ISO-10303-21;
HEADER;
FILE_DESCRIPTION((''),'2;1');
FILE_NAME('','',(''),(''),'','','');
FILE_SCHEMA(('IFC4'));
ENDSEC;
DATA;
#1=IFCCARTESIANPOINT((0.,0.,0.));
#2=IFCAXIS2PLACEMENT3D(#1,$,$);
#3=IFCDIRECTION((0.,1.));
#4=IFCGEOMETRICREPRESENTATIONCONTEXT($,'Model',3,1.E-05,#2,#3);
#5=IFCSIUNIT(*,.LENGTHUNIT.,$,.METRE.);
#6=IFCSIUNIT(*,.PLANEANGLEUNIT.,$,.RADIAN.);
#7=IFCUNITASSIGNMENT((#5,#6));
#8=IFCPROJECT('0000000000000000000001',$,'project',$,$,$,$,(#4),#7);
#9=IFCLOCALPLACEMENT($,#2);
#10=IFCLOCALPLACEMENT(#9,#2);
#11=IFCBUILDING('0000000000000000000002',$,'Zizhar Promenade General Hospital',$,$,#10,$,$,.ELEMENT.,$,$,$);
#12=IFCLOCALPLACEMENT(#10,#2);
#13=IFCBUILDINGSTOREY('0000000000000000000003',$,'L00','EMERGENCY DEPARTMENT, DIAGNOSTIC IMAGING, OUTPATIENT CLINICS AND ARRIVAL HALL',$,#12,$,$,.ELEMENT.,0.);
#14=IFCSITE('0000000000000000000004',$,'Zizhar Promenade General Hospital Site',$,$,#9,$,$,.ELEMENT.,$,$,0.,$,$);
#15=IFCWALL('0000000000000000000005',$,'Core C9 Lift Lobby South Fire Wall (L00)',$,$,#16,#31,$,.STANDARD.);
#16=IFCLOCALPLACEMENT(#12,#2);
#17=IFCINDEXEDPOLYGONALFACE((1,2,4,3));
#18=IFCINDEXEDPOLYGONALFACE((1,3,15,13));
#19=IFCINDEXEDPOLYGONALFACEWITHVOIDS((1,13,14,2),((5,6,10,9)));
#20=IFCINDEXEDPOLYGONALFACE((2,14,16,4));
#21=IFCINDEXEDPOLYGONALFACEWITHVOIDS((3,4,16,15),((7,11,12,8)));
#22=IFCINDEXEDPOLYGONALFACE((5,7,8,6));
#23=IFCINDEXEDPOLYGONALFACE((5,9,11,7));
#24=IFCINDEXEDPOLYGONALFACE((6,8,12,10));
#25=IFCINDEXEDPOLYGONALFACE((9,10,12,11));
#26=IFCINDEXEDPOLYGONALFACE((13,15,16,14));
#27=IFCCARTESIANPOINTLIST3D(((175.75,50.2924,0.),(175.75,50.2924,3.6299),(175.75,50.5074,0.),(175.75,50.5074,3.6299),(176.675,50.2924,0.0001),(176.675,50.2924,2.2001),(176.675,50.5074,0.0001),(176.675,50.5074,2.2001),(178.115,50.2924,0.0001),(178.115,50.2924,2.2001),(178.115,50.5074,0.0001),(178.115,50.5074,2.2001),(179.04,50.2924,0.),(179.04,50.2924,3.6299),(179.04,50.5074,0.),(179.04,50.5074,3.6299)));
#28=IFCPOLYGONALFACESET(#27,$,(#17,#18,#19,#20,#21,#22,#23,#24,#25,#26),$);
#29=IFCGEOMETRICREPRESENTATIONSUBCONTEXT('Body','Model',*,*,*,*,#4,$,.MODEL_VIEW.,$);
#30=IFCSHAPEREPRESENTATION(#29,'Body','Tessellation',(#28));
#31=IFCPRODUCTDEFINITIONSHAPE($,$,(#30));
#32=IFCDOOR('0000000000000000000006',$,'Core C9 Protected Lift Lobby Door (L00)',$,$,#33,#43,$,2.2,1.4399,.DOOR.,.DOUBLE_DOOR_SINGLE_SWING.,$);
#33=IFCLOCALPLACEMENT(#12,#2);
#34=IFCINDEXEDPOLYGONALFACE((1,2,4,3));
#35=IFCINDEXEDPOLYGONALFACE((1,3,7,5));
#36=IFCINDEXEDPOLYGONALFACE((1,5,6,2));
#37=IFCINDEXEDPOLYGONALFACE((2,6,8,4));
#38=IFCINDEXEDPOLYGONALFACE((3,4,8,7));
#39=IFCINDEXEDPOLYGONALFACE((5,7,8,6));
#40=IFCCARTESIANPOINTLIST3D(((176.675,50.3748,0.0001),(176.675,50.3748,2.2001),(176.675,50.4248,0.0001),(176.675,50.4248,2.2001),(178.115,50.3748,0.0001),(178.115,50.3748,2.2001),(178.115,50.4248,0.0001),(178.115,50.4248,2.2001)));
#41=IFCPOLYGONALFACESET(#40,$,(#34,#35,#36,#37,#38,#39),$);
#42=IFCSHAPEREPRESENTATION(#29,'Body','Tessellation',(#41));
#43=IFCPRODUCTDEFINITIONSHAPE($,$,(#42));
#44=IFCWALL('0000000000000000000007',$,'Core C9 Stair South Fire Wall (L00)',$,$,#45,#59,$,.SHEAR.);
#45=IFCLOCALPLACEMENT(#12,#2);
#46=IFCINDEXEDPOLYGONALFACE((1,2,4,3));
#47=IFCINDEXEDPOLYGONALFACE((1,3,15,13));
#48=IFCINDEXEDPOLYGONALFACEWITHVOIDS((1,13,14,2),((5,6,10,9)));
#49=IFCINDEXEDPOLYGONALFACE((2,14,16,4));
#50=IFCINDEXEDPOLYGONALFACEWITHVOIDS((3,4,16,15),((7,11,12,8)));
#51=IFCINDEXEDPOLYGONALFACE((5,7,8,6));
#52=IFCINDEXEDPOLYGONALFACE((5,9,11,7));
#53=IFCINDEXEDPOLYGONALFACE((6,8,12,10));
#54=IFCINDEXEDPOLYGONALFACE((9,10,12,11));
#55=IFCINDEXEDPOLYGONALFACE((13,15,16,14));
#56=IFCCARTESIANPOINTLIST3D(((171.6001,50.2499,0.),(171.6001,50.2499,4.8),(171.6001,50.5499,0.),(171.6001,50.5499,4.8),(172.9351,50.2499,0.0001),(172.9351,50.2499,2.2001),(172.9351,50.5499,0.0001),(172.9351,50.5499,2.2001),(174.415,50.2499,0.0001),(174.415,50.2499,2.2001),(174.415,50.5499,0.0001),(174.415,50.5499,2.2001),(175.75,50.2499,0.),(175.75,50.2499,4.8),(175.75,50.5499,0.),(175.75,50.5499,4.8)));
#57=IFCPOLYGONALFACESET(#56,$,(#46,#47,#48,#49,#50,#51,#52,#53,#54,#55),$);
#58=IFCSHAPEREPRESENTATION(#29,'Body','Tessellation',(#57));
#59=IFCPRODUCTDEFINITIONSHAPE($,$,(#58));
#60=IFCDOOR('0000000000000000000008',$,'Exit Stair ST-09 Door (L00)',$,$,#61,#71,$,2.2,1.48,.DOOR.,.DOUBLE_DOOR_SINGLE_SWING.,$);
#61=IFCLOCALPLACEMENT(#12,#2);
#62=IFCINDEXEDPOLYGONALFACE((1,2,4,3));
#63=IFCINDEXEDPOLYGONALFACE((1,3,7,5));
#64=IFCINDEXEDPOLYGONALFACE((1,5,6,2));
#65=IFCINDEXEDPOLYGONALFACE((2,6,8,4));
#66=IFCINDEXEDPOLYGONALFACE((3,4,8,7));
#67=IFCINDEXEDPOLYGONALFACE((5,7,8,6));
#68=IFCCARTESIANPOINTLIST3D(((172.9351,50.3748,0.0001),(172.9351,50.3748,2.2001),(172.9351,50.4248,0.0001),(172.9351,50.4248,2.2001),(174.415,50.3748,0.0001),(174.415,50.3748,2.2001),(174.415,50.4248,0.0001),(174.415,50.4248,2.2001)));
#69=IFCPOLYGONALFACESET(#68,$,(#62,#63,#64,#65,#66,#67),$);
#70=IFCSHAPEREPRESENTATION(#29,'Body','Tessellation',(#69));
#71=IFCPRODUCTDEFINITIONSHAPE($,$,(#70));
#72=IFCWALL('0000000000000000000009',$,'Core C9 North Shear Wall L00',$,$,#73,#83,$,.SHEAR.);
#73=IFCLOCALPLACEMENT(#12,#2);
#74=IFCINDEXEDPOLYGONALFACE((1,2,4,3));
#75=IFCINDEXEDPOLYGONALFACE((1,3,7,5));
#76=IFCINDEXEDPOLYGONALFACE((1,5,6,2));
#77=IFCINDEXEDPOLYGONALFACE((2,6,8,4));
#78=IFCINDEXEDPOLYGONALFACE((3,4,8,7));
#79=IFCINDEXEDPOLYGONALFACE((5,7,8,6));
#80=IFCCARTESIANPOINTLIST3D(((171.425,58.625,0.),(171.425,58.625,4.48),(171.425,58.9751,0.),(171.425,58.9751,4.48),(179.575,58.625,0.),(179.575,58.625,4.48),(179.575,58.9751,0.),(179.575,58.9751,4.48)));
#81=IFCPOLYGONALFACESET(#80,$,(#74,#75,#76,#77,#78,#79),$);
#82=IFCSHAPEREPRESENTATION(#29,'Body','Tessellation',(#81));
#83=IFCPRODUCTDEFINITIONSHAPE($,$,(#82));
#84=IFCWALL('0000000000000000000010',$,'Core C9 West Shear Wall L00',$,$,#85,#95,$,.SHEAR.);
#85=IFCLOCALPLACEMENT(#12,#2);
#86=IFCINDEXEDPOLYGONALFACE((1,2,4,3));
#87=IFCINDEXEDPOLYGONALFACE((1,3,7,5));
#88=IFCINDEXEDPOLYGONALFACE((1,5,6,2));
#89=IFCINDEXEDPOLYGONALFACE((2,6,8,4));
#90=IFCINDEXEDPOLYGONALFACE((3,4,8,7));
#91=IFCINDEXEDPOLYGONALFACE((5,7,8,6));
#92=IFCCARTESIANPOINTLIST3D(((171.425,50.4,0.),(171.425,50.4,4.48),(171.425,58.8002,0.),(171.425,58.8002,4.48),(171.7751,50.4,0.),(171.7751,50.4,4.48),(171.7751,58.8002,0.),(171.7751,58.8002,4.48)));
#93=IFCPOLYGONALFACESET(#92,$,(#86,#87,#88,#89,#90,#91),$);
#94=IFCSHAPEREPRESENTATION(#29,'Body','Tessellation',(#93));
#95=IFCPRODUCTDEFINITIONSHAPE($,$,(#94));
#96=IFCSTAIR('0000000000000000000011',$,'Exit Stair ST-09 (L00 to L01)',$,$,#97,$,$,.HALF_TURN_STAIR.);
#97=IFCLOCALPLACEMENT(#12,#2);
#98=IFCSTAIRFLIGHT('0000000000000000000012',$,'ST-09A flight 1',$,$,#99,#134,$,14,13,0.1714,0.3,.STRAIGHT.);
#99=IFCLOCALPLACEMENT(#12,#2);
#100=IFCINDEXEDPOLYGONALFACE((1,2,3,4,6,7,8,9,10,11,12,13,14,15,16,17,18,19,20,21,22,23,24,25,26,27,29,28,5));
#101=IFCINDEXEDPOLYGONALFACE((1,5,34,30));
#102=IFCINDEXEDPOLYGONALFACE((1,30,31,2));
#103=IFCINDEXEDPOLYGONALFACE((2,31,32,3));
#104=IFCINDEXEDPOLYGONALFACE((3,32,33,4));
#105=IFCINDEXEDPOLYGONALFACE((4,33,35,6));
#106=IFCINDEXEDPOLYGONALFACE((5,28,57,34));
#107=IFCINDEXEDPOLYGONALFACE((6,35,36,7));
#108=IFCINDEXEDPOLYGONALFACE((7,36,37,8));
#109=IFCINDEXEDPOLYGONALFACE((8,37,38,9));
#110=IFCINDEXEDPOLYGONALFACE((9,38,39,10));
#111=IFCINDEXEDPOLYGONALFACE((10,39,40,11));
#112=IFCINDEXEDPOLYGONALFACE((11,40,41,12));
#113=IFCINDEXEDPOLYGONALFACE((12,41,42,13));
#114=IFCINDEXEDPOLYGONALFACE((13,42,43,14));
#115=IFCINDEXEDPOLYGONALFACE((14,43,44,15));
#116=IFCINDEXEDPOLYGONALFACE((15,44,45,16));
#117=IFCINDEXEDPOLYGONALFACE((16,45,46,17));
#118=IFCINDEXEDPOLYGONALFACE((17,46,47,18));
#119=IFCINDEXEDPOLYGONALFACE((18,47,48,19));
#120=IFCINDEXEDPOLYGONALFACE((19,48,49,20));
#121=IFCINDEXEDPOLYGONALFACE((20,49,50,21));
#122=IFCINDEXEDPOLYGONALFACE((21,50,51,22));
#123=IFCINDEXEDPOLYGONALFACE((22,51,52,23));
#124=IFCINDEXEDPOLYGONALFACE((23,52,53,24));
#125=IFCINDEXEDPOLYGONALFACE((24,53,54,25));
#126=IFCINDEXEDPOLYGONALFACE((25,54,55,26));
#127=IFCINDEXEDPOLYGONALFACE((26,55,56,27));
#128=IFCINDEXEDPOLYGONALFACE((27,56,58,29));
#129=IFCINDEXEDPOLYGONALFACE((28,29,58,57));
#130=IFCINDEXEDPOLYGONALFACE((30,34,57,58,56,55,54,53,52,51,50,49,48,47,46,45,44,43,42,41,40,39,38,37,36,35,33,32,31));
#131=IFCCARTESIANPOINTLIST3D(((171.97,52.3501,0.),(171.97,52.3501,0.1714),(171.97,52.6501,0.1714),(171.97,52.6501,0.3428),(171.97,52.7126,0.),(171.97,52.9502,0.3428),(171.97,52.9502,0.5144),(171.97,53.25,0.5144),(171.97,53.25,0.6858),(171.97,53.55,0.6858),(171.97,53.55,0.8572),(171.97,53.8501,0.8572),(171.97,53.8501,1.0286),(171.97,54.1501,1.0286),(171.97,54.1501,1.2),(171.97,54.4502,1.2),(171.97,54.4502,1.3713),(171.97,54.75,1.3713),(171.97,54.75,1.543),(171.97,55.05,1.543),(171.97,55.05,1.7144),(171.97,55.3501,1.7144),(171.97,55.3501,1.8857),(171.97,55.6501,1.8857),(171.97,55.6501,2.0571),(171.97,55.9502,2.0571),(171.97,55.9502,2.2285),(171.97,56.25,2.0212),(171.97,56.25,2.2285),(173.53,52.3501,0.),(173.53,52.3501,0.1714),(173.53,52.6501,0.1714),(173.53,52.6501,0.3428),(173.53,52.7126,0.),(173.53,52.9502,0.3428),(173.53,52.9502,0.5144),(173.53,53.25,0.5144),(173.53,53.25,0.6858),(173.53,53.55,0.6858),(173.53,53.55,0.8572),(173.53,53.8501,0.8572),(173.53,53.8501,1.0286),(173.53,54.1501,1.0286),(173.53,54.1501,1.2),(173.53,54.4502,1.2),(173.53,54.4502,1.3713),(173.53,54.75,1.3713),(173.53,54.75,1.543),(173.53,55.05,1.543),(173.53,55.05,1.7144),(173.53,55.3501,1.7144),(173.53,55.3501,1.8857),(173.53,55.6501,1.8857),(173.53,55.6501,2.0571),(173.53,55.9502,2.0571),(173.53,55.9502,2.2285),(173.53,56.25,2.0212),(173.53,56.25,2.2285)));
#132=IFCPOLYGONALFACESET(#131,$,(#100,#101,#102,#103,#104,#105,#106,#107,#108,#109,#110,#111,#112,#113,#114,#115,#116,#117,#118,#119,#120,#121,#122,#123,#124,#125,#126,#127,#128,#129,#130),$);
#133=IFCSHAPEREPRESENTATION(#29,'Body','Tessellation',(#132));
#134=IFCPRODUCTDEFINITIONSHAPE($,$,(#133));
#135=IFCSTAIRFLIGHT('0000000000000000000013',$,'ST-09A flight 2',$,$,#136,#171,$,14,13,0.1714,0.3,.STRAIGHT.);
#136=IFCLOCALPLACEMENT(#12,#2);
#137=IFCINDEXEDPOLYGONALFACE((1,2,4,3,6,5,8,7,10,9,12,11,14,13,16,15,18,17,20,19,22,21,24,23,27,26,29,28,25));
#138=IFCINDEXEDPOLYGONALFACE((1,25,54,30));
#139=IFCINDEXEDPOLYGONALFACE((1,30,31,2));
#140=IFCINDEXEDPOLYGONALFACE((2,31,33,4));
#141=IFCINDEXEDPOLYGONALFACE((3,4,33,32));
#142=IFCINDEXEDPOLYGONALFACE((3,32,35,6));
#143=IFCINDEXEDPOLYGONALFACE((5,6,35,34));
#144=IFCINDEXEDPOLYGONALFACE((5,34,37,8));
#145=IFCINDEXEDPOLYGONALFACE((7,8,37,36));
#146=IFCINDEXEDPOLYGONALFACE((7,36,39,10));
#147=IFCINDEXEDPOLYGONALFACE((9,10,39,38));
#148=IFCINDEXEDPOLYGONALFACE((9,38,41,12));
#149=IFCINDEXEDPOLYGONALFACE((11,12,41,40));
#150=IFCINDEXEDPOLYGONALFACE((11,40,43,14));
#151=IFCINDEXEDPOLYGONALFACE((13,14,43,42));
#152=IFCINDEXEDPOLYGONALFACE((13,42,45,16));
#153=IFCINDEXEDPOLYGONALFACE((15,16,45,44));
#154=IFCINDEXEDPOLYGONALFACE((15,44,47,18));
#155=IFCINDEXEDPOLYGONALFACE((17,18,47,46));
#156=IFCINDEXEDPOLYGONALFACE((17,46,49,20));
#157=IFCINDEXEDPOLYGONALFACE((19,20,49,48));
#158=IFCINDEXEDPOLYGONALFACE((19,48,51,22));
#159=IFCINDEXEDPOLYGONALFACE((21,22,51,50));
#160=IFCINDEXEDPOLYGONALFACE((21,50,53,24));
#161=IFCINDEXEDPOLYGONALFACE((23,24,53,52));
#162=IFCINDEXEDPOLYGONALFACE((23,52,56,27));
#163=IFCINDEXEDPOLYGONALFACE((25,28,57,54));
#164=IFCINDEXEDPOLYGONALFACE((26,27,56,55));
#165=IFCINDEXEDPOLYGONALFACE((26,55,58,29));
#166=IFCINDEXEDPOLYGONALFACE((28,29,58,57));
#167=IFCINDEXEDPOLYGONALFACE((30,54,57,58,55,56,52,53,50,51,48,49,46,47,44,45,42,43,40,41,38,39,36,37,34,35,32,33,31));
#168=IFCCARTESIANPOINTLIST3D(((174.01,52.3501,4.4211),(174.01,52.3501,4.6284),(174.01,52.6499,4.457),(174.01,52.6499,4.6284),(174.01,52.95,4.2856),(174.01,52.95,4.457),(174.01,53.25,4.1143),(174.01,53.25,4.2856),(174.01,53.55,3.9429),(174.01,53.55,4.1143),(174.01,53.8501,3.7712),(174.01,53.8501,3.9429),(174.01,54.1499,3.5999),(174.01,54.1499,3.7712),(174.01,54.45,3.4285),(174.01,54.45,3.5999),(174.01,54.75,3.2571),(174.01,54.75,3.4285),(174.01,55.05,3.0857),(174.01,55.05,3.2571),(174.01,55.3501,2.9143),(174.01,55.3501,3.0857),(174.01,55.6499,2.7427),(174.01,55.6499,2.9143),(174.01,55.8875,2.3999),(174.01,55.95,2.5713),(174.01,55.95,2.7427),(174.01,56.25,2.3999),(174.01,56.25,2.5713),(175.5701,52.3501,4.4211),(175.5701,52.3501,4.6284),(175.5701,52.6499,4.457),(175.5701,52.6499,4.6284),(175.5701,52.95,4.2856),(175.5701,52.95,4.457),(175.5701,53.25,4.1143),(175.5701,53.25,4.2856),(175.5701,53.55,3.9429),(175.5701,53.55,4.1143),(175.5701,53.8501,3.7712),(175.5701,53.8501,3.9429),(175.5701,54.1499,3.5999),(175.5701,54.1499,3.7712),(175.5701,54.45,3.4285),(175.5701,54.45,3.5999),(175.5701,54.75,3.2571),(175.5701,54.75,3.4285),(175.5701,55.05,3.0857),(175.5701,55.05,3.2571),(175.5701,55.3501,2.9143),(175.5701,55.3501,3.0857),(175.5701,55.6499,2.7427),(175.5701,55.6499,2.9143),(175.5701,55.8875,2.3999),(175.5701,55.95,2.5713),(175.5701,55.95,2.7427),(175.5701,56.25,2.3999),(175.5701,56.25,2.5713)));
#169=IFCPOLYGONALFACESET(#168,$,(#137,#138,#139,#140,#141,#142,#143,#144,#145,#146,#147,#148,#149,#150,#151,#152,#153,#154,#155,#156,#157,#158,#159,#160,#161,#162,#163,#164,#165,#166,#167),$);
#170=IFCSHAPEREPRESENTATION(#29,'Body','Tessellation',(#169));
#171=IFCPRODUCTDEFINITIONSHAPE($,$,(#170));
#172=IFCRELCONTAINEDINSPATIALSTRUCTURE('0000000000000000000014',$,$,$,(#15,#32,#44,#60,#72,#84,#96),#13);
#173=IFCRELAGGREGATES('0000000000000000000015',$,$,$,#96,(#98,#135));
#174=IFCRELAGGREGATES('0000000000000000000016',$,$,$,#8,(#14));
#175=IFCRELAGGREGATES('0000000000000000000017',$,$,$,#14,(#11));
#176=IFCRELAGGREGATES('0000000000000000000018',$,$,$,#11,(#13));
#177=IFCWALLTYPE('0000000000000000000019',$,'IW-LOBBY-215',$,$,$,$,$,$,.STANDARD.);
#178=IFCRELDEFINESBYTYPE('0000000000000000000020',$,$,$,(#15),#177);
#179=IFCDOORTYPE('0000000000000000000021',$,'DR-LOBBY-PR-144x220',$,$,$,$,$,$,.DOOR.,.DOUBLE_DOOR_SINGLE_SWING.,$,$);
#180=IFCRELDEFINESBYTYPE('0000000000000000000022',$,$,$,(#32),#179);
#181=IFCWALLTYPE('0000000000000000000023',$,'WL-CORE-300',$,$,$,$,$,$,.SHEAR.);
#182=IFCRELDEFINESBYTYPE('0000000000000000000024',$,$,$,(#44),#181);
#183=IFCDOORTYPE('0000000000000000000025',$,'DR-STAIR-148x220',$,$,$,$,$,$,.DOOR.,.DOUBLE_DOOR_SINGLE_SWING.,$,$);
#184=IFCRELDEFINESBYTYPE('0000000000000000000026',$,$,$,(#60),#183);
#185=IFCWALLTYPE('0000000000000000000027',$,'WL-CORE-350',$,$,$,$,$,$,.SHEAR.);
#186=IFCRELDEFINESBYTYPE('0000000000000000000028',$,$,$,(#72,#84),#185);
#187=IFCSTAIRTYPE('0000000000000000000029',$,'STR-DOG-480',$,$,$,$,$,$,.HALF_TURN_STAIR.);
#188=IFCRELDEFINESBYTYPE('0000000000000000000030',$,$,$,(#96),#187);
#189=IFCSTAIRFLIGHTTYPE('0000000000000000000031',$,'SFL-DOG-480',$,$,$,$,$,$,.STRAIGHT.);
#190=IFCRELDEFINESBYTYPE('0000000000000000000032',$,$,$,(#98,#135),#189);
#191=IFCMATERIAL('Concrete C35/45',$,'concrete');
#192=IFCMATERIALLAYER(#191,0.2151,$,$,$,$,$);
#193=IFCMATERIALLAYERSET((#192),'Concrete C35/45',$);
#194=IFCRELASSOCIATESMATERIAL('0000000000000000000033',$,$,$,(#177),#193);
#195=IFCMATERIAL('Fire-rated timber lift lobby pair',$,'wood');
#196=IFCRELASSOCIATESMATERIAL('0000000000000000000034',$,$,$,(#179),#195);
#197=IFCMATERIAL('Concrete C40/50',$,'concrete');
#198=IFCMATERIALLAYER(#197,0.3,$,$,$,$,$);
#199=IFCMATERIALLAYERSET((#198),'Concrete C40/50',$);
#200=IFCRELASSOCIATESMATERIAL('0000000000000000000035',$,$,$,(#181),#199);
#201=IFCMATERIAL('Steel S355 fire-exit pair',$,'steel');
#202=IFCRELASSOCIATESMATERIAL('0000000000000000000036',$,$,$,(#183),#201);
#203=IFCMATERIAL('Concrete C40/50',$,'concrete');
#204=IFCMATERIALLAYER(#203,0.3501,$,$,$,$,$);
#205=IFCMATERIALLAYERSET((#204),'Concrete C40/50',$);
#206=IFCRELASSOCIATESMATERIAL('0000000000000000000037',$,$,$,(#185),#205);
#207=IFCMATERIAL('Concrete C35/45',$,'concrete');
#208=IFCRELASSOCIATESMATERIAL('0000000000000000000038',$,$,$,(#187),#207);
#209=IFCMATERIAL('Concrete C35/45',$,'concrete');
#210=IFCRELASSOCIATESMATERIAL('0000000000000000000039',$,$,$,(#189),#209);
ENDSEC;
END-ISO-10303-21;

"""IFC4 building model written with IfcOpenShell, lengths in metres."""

from ifc_helpers import new_model, si_unit, direction, frame, frame_2d, origin, place, context, subcontext, project, spatial, polyline, rectangle, outline, extrude, material, layer, layer_set, type_object, element, fill, aggregate, save


model = new_model("IFC4")

# Units and contexts
model_context = context("Model", 3, precision=1e-05, world=origin(), true_north=direction((0.0, 1.0)))
body_context = subcontext(model_context, "Body", "Model", "MODEL_VIEW")
ifc_project = project(units=[si_unit("LENGTHUNIT", "METRE"), si_unit("PLANEANGLEUNIT", "RADIAN")], contexts=[model_context])

# Site, building, storey
site_placement = place(None, origin())
site = spatial("IfcSite", under=ifc_project, at=site_placement, Name="Zizhar Promenade General Hospital Site", CompositionType="ELEMENT", RefElevation=0.0)
building_placement = place(site_placement, origin())
building = spatial("IfcBuilding", under=site, at=building_placement, Name="Zizhar Promenade General Hospital", CompositionType="ELEMENT")
storey_placement = place(building_placement, origin())
storey = spatial("IfcBuildingStorey", under=building, at=storey_placement, Name="L00", Description="EMERGENCY DEPARTMENT, DIAGNOSTIC IMAGING, OUTPATIENT CLINICS AND ARRIVAL HALL", CompositionType="ELEMENT", Elevation=0.0)

# Walls, openings, doors
ifc_material_1 = material(Name="Concrete C35/45", Category="concrete")
ifc_layer_1 = layer(ifc_material_1, 0.2151)
ifc_layer_set_1 = layer_set([ifc_layer_1], Name="Concrete C35/45")
wall_type_1 = type_object("IfcWallType", Name="IW-LOBBY-215", PredefinedType="STANDARD", material=ifc_layer_set_1)
wall_1_placement = place(storey_placement, frame((175.75, 50.3999, 0.0), z_axis=(0.0, 0.0, 1.0), x_axis=(1.0, 0.0, 0.0)))
wall_1 = element("IfcWall", 1, at=wall_1_placement, inside=storey, type_object=wall_type_1, Name="Core C9 Lift Lobby South Fire Wall (L00)", PredefinedType="STANDARD", context=body_context, shape_type="SweptSolid", body=[
    extrude(rectangle(XDim=3.29, YDim=0.2151, at=frame_2d((1.645, 0.0))), origin(), (0.0, 0.0, 1.0), 3.6299),
])
opening_1_placement = place(wall_1_placement, frame((0.925, 0.0, 0.0)))
opening_1 = element("IfcOpeningElement", 2, at=opening_1_placement, cuts=wall_1, PredefinedType="OPENING", context=body_context, shape_type="SweptSolid", body=[
    extrude(rectangle(XDim=1.4399, YDim=2.2, at=frame_2d((0.72, 1.1001))), frame((0.0, 0.1177, 0.0), z_axis=(0.0, -1.0, 0.0), x_axis=(1.0, 0.0, 0.0)), (0.0, 0.0, 1.0), 0.2351),
])
ifc_material_2 = material(Name="Fire-rated timber lift lobby pair", Category="wood")
door_type_1 = type_object("IfcDoorType", Name="DR-LOBBY-PR-144x220", OperationType="DOUBLE_DOOR_SINGLE_SWING", PredefinedType="DOOR", material=ifc_material_2)
door_1_placement = place(opening_1_placement, origin())
door_1 = element("IfcDoor", 3, at=door_1_placement, inside=storey, type_object=door_type_1, Name="Core C9 Protected Lift Lobby Door (L00)", OperationType="DOUBLE_DOOR_SINGLE_SWING", OverallHeight=2.2, OverallWidth=1.4399, PredefinedType="DOOR", context=body_context, shape_type="SweptSolid", body=[
    extrude(rectangle(XDim=1.4399, YDim=2.2, at=frame_2d((0.72, 1.1001))), frame((0.0, 0.0249, 0.0), z_axis=(0.0, -1.0, 0.0), x_axis=(1.0, 0.0, 0.0)), (0.0, 0.0, 1.0), 0.05),
])
fill(opening_1, door_1)
ifc_material_3 = material(Name="Concrete C40/50", Category="concrete")
ifc_layer_2 = layer(ifc_material_3, 0.3)
ifc_layer_set_2 = layer_set([ifc_layer_2], Name="Concrete C40/50")
wall_type_2 = type_object("IfcWallType", Name="WL-CORE-300", PredefinedType="SHEAR", material=ifc_layer_set_2)
wall_2_placement = place(storey_placement, frame((171.6001, 50.3999, 0.0), z_axis=(0.0, 0.0, 1.0), x_axis=(1.0, 0.0, 0.0)))
wall_2 = element("IfcWall", 4, at=wall_2_placement, inside=storey, type_object=wall_type_2, Name="Core C9 Stair South Fire Wall (L00)", PredefinedType="SHEAR", context=body_context, shape_type="SweptSolid", body=[
    extrude(rectangle(XDim=4.1499, YDim=0.3, at=frame_2d((2.075, 0.0))), origin(), (0.0, 0.0, 1.0), 4.8),
])
opening_2_placement = place(wall_2_placement, frame((1.335, 0.0, 0.0)))
opening_2 = element("IfcOpeningElement", 5, at=opening_2_placement, cuts=wall_2, PredefinedType="OPENING", context=body_context, shape_type="SweptSolid", body=[
    extrude(rectangle(XDim=1.48, YDim=2.2, at=frame_2d((0.74, 1.1001))), frame((0.0, 0.1602, 0.0), z_axis=(0.0, -1.0, 0.0), x_axis=(1.0, 0.0, 0.0)), (0.0, 0.0, 1.0), 0.3201),
])
ifc_material_4 = material(Name="Steel S355 fire-exit pair", Category="steel")
door_type_2 = type_object("IfcDoorType", Name="DR-STAIR-148x220", OperationType="DOUBLE_DOOR_SINGLE_SWING", PredefinedType="DOOR", material=ifc_material_4)
door_2_placement = place(opening_2_placement, origin())
door_2 = element("IfcDoor", 6, at=door_2_placement, inside=storey, type_object=door_type_2, Name="Exit Stair ST-09 Door (L00)", OperationType="DOUBLE_DOOR_SINGLE_SWING", OverallHeight=2.2, OverallWidth=1.48, PredefinedType="DOOR", context=body_context, shape_type="SweptSolid", body=[
    extrude(rectangle(XDim=1.48, YDim=2.2, at=frame_2d((0.74, 1.1001))), frame((0.0, 0.0249, 0.0), z_axis=(0.0, -1.0, 0.0), x_axis=(1.0, 0.0, 0.0)), (0.0, 0.0, 1.0), 0.05),
])
fill(opening_2, door_2)

# Walls
ifc_material_5 = material(Name="Concrete C40/50", Category="concrete")
ifc_layer_3 = layer(ifc_material_5, 0.3501)
ifc_layer_set_3 = layer_set([ifc_layer_3], Name="Concrete C40/50")
wall_type_3 = type_object("IfcWallType", Name="WL-CORE-350", PredefinedType="SHEAR", material=ifc_layer_set_3)
wall_3_placement = place(storey_placement, frame((171.425, 58.8, 0.0), z_axis=(0.0, 0.0, 1.0), x_axis=(1.0, 0.0, 0.0)))
element("IfcWall", 7, at=wall_3_placement, inside=storey, type_object=wall_type_3, Name="Core C9 North Shear Wall L00", PredefinedType="SHEAR", context=body_context, shape_type="SweptSolid", body=[
    extrude(rectangle(XDim=8.1499, YDim=0.3501, at=frame_2d((4.075, 0.0))), origin(), (0.0, 0.0, 1.0), 4.48),
])
wall_4_placement = place(storey_placement, frame((171.6001, 50.3999, 0.0), z_axis=(0.0, 0.0, 1.0), x_axis=(0.0, 1.0, 0.0)))
element("IfcWall", 8, at=wall_4_placement, inside=storey, type_object=wall_type_3, Name="Core C9 West Shear Wall L00", PredefinedType="SHEAR", context=body_context, shape_type="SweptSolid", body=[
    extrude(rectangle(XDim=8.4001, YDim=0.3501, at=frame_2d((4.2002, 0.0))), origin(), (0.0, 0.0, 1.0), 4.48),
])

# Stair, stair flights
ifc_material_6 = material(Name="Concrete C35/45", Category="concrete")
stair_type = type_object("IfcStairType", Name="STR-DOG-480", PredefinedType="HALF_TURN_STAIR", material=ifc_material_6)
stair_placement = place(storey_placement, origin())
stair = element("IfcStair", 9, at=stair_placement, inside=storey, type_object=stair_type, Name="Exit Stair ST-09 (L00 to L01)", PredefinedType="HALF_TURN_STAIR")
ifc_material_7 = material(Name="Concrete C35/45", Category="concrete")
stair_flight_type = type_object("IfcStairFlightType", Name="SFL-DOG-480", PredefinedType="STRAIGHT", material=ifc_material_7)
stair_flight_1_placement = place(storey_placement, frame((172.75, 52.3501, 0.0), z_axis=(0.0, 0.0, 1.0), x_axis=(0.0, 1.0, 0.0)))
stair_flight_1 = element("IfcStairFlight", 10, at=stair_flight_1_placement, type_object=stair_flight_type, Name="ST-09A flight 1", NumberOfRisers=14, NumberOfTreads=13, PredefinedType="STRAIGHT", RiserHeight=0.1714, TreadLength=0.3, context=body_context, shape_type="SweptSolid", body=[
    extrude(outline(polyline([(0.0, 0.0), (0.0, 0.1714), (0.3, 0.1714), (0.3, 0.3428), (0.6001, 0.3428), (0.6001, 0.5144), (0.8999, 0.5144), (0.8999, 0.6858), (1.2, 0.6858), (1.2, 0.8572), (1.5, 0.8572), (1.5, 1.0286), (1.8, 1.0286), (1.8, 1.2), (2.1001, 1.2), (2.1001, 1.3713), (2.3999, 1.3713), (2.3999, 1.543), (2.7, 1.543), (2.7, 1.7144), (3.0, 1.7144), (3.0, 1.8857), (3.3, 1.8857), (3.3, 2.0571), (3.6001, 2.0571), (3.6001, 2.2285), (3.8999, 2.2285), (3.8999, 2.3999), (3.8999, 2.0212), (0.3625, 0.0), (0.0, 0.0)])), frame((0.0, 0.78, 0.0), z_axis=(0.0, -1.0, 0.0), x_axis=(1.0, 0.0, 0.0)), (0.0, 0.0, 1.0), 1.5601),
])
stair_flight_2_placement = place(storey_placement, frame((174.79, 56.25, 2.3999), z_axis=(0.0, 0.0, 1.0), x_axis=(0.0, -1.0, 0.0)))
stair_flight_2 = element("IfcStairFlight", 11, at=stair_flight_2_placement, type_object=stair_flight_type, Name="ST-09A flight 2", NumberOfRisers=14, NumberOfTreads=13, PredefinedType="STRAIGHT", RiserHeight=0.1714, TreadLength=0.3, context=body_context, shape_type="SweptSolid", body=[
    extrude(outline(polyline([(0.0, 0.0), (0.0, 0.1714), (0.3, 0.1714), (0.3, 0.3428), (0.6001, 0.3428), (0.6001, 0.5144), (0.8999, 0.5144), (0.8999, 0.6858), (1.2, 0.6858), (1.2, 0.8572), (1.5, 0.8572), (1.5, 1.0286), (1.8, 1.0286), (1.8, 1.2), (2.1001, 1.2), (2.1001, 1.3713), (2.3999, 1.3713), (2.3999, 1.543), (2.7, 1.543), (2.7, 1.7144), (3.0, 1.7144), (3.0, 1.8857), (3.3, 1.8857), (3.3, 2.0571), (3.6001, 2.0571), (3.6001, 2.2285), (3.8999, 2.2285), (3.8999, 2.3999), (3.8999, 2.0212), (0.3625, 0.0), (0.0, 0.0)])), frame((0.0, 0.78, 0.0), z_axis=(0.0, -1.0, 0.0), x_axis=(1.0, 0.0, 0.0)), (0.0, 0.0, 1.0), 1.5601),
])
aggregate(stair, [stair_flight_1, stair_flight_2])

save(model, "model.ifc")
